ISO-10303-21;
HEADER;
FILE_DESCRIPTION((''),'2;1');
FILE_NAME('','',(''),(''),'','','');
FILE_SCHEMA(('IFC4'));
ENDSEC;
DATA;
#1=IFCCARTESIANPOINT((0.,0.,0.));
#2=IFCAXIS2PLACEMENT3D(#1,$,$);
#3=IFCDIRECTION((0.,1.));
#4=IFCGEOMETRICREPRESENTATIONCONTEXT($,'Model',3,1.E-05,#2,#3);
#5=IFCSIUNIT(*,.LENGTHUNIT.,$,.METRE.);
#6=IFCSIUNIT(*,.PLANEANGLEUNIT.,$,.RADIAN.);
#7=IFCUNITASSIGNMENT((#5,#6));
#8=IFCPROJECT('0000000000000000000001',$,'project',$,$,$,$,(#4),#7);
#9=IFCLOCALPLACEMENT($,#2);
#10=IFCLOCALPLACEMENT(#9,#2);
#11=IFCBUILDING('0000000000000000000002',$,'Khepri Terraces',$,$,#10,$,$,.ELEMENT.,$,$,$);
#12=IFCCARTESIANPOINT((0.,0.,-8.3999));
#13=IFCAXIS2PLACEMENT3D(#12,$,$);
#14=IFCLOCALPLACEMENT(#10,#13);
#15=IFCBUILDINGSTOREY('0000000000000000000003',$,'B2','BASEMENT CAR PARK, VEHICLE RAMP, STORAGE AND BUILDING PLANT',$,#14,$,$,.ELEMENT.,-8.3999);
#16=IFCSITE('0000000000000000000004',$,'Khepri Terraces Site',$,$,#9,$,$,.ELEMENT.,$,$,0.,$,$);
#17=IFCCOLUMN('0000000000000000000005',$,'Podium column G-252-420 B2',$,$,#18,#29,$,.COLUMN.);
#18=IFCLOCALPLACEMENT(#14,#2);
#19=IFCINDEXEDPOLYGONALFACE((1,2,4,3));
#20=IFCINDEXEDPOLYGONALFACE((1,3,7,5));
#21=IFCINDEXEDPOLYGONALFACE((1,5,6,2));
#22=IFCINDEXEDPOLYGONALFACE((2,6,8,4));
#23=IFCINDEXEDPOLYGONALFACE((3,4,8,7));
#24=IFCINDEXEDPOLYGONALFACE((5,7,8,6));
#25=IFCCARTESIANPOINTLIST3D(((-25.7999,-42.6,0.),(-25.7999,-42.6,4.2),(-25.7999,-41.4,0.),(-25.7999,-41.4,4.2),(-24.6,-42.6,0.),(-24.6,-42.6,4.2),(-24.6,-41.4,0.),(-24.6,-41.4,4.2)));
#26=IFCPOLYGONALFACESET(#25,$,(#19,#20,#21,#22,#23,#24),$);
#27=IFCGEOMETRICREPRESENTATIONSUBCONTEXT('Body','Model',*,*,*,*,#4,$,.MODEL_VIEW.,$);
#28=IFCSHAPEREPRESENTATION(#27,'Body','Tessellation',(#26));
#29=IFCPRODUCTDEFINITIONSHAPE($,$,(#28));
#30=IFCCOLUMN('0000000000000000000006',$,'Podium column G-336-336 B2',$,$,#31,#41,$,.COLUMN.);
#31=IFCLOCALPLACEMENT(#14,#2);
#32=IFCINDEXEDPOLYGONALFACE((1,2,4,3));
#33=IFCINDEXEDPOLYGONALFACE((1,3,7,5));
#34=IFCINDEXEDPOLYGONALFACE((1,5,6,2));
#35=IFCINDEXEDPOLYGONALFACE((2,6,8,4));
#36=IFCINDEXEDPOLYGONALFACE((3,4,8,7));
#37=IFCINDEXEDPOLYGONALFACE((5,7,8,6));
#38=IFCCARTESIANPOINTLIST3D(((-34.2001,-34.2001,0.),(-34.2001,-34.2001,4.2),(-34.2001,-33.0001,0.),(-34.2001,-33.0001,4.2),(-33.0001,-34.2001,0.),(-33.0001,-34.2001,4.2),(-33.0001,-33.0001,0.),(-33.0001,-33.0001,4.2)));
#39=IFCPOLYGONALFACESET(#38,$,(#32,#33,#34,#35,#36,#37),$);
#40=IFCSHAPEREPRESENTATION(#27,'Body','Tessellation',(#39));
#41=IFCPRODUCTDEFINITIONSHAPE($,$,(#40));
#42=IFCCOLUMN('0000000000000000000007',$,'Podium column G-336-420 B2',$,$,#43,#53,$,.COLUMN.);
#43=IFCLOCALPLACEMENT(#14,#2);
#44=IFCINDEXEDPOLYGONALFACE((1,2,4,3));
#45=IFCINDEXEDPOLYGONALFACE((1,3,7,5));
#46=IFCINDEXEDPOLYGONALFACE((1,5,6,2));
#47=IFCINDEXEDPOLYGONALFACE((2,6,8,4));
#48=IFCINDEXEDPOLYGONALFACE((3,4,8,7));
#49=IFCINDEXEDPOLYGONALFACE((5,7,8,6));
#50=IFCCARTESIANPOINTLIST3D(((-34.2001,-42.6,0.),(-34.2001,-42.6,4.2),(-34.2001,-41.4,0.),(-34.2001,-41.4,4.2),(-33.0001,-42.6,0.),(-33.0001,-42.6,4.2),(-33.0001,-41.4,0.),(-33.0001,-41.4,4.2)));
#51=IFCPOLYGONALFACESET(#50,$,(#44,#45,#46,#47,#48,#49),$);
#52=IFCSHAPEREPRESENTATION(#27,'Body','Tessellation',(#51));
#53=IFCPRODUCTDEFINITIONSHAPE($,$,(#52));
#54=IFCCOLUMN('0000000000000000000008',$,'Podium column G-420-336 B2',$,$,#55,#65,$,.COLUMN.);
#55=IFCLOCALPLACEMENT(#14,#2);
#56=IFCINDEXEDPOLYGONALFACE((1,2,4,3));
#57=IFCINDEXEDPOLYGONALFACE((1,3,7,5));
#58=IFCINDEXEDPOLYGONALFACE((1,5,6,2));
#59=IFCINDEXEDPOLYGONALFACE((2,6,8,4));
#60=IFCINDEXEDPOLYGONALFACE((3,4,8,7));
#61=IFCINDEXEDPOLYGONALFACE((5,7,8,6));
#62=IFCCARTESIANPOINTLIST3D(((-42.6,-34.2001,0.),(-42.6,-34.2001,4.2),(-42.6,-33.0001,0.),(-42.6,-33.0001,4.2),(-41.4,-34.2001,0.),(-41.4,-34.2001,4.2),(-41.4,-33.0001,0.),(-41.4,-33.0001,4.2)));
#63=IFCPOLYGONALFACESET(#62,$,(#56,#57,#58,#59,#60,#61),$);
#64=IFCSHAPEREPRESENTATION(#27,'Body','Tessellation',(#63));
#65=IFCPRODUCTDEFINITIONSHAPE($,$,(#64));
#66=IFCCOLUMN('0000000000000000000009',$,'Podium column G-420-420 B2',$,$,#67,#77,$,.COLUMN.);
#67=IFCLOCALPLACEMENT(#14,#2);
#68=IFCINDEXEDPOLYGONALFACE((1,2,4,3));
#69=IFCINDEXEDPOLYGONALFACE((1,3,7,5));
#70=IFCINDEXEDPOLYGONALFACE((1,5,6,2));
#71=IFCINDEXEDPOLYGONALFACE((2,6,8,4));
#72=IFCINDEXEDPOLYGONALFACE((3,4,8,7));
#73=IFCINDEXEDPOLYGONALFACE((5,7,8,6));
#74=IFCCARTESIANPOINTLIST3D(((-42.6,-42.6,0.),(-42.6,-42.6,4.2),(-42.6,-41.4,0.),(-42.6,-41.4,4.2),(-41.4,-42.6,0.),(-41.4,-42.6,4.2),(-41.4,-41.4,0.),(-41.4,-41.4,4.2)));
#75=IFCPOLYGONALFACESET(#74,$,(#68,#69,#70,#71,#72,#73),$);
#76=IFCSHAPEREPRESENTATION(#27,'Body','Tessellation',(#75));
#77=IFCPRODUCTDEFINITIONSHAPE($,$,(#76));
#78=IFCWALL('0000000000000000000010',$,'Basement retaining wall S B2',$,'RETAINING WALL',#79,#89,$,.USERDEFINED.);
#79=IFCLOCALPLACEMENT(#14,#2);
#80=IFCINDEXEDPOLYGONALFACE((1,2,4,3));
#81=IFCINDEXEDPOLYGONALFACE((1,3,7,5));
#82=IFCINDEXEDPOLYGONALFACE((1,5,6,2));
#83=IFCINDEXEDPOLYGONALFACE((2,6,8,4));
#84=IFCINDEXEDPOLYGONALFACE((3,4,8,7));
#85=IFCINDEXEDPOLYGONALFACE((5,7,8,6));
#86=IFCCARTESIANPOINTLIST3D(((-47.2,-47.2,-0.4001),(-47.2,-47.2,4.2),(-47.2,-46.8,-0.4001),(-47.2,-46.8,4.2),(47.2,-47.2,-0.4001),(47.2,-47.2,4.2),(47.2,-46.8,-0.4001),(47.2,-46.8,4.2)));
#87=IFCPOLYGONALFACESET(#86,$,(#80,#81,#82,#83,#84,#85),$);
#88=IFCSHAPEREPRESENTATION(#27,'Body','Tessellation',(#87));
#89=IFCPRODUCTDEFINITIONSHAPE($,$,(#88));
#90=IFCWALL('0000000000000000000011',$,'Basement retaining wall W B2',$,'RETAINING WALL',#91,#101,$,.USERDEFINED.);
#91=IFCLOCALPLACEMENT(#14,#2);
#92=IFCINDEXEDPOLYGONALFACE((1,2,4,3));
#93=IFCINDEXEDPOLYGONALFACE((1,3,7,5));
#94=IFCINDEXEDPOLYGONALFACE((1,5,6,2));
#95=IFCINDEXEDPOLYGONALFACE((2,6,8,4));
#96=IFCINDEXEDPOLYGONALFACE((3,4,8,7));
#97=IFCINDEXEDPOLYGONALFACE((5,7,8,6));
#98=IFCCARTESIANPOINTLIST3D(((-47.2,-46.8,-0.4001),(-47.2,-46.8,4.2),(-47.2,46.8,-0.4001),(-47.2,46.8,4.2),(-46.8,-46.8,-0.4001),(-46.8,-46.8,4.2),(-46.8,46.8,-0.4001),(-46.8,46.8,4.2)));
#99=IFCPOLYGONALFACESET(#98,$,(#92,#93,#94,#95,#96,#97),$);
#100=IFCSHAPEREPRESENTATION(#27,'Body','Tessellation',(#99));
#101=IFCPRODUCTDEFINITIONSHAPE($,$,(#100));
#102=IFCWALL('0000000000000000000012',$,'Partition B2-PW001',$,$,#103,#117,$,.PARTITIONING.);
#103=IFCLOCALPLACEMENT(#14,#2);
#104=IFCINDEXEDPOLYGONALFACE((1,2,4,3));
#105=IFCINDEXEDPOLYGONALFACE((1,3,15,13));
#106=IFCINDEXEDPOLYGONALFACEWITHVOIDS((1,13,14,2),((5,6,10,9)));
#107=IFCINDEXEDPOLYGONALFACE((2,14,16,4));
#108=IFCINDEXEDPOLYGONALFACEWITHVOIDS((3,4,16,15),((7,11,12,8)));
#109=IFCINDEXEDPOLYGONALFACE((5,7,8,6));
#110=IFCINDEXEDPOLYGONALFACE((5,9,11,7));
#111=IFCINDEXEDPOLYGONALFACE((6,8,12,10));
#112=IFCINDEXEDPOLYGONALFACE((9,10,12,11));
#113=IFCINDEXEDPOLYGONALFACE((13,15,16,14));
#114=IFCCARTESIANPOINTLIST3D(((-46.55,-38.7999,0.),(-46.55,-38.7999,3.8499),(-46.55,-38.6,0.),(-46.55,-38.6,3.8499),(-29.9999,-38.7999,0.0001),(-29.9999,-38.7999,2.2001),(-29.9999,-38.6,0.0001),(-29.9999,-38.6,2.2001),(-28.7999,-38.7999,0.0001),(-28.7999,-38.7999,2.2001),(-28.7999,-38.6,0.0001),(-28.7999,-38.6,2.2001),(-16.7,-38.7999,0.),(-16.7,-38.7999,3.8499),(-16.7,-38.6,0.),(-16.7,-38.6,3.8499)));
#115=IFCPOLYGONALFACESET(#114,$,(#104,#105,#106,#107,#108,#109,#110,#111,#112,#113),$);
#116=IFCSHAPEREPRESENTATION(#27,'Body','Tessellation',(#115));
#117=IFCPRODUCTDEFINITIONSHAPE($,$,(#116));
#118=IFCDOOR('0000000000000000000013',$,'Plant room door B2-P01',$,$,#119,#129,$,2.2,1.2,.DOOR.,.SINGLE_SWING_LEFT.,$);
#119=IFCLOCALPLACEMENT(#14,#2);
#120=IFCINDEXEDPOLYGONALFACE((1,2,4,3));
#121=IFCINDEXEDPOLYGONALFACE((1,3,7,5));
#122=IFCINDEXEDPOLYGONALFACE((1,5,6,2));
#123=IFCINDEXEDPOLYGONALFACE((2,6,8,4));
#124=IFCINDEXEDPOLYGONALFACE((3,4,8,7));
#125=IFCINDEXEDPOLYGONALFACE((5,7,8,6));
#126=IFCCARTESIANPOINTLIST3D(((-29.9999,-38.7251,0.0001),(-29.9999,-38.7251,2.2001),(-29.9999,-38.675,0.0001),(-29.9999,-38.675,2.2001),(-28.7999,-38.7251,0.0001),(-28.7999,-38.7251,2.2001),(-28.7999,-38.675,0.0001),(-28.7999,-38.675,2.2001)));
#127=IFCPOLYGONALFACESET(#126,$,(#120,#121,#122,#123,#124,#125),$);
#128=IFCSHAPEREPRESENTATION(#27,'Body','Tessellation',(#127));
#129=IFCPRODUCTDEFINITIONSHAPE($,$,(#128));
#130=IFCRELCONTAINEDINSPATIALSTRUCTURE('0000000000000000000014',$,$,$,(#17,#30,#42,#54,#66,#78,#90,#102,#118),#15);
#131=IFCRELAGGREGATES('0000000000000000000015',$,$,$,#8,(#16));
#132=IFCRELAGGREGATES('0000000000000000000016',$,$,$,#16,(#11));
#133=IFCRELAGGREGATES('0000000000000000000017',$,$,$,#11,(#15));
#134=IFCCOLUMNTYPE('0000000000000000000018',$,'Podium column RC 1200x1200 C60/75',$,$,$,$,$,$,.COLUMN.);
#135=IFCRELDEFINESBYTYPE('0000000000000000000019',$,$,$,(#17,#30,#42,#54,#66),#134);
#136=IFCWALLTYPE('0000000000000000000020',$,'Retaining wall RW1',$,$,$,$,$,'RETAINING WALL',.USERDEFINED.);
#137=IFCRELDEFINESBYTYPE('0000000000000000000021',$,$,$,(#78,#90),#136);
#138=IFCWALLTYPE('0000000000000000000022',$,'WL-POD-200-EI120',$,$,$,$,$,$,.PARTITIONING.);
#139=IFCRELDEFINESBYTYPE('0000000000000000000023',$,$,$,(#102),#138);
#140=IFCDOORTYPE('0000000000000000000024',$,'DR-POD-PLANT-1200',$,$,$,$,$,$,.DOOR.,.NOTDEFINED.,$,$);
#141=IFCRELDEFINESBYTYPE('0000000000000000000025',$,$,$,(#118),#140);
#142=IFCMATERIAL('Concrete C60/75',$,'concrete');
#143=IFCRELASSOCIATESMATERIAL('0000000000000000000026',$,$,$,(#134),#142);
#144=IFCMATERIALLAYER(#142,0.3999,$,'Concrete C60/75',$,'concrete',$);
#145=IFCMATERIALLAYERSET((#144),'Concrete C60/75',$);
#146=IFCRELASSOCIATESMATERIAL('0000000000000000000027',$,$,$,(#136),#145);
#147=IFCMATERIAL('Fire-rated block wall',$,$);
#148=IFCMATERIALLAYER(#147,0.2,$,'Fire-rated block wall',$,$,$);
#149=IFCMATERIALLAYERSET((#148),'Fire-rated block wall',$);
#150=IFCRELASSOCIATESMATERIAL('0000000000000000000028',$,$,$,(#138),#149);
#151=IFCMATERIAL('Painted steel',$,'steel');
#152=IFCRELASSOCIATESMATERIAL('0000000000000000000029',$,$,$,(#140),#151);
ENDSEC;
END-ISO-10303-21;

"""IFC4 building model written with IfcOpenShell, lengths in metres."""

from ifc_helpers import new_model, si_unit, direction, frame, frame_2d, origin, origin_2d, place, context, subcontext, project, spatial, rectangle, extrude, material, layer, layer_set, material_profile, profile_set, type_object, element, fill, save


model = new_model("IFC4")

# Units and contexts
model_context = context("Model", 3, precision=1e-05, world=origin(), true_north=direction((0.0, 1.0)))
body_context = subcontext(model_context, "Body", "Model", "MODEL_VIEW")
ifc_project = project(units=[si_unit("LENGTHUNIT", "METRE"), si_unit("PLANEANGLEUNIT", "RADIAN")], contexts=[model_context])

# Site, building, storey
site_placement = place(None, origin())
site = spatial("IfcSite", under=ifc_project, at=site_placement, Name="Khepri Terraces Site", CompositionType="ELEMENT", RefElevation=0.0)
building_placement = place(site_placement, origin())
building = spatial("IfcBuilding", under=site, at=building_placement, Name="Khepri Terraces", CompositionType="ELEMENT")
storey_placement = place(building_placement, frame((0.0, 0.0, -8.3999)))
storey = spatial("IfcBuildingStorey", under=building, at=storey_placement, Name="B2", Description="BASEMENT CAR PARK, VEHICLE RAMP, STORAGE AND BUILDING PLANT", CompositionType="ELEMENT", Elevation=-8.3999)

# Columns
ifc_material_1 = material(Name="Concrete C60/75", Category="concrete")
ifc_material_profile_1 = material_profile(ifc_material_1, rectangle(XDim=1.2, YDim=1.2, at=origin_2d()), Name="Concrete C60/75", Category="concrete")
ifc_profile_set_1 = profile_set([ifc_material_profile_1], Name="Concrete C60/75")
column_type = type_object("IfcColumnType", Name="Podium column RC 1200x1200 C60/75", PredefinedType="COLUMN", material=ifc_profile_set_1)
for number, where, z_axis, x_axis, name in (
    (1, (-25.2, -42.0, 0.0), (0.0, 0.0, 1.0), (1.0, 0.0, 0.0), "Podium column G-252-420 B2"),
    (2, (-33.6001, -33.6001, 0.0), (0.0, 0.0, 1.0), (1.0, 0.0, 0.0), "Podium column G-336-336 B2"),
    (3, (-33.6001, -42.0, 0.0), (0.0, 0.0, 1.0), (1.0, 0.0, 0.0), "Podium column G-336-420 B2"),
    (4, (-42.0, -33.6001, 0.0), (0.0, 0.0, 1.0), (1.0, 0.0, 0.0), "Podium column G-420-336 B2"),
    (5, (-42.0, -42.0, 0.0), (0.0, 0.0, 1.0), (1.0, 0.0, 0.0), "Podium column G-420-420 B2"),
):
    element("IfcColumn", number, at=place(storey_placement, frame(where, z_axis=z_axis, x_axis=x_axis)), inside=storey, type_object=column_type, Name=name, PredefinedType="COLUMN", context=body_context, shape_type="SweptSolid", body=[
        extrude(rectangle(XDim=1.2, YDim=1.2, at=origin_2d()), origin(), (0.0, 0.0, 1.0), 4.2),
    ])

# Walls
ifc_layer_1 = layer(ifc_material_1, 0.3999, Name="Concrete C60/75", Category="concrete")
ifc_layer_set_1 = layer_set([ifc_layer_1], Name="Concrete C60/75")
wall_type_1 = type_object("IfcWallType", Name="Retaining wall RW1", ElementType="RETAINING WALL", PredefinedType="USERDEFINED", material=ifc_layer_set_1)
wall_1_placement = place(storey_placement, frame((-47.2, -47.0, -0.4001), z_axis=(0.0, 0.0, 1.0), x_axis=(1.0, 0.0, 0.0)))
element("IfcWall", 6, at=wall_1_placement, inside=storey, type_object=wall_type_1, Name="Basement retaining wall S B2", ObjectType="RETAINING WALL", PredefinedType="USERDEFINED", context=body_context, shape_type="SweptSolid", body=[
    extrude(rectangle(XDim=94.3999, YDim=0.3999, at=frame_2d((47.2, 0.0))), origin(), (0.0, 0.0, 1.0), 4.6001),
])
wall_2_placement = place(storey_placement, frame((-47.0, -46.8, -0.4001), z_axis=(0.0, 0.0, 1.0), x_axis=(0.0, 1.0, 0.0)))
element("IfcWall", 7, at=wall_2_placement, inside=storey, type_object=wall_type_1, Name="Basement retaining wall W B2", ObjectType="RETAINING WALL", PredefinedType="USERDEFINED", context=body_context, shape_type="SweptSolid", body=[
    extrude(rectangle(XDim=93.6001, YDim=0.3999, at=frame_2d((46.8, 0.0))), origin(), (0.0, 0.0, 1.0), 4.6001),
])

# Wall, opening, door
ifc_material_2 = material(Name="Fire-rated block wall")
ifc_layer_2 = layer(ifc_material_2, 0.2, Name="Fire-rated block wall")
ifc_layer_set_2 = layer_set([ifc_layer_2], Name="Fire-rated block wall")
wall_type_2 = type_object("IfcWallType", Name="WL-POD-200-EI120", PredefinedType="PARTITIONING", material=ifc_layer_set_2)
wall_3_placement = place(storey_placement, frame((-46.55, -38.7, 0.0), z_axis=(0.0, 0.0, 1.0), x_axis=(1.0, 0.0, 0.0)))
wall_3 = element("IfcWall", 8, at=wall_3_placement, inside=storey, type_object=wall_type_2, Name="Partition B2-PW001", PredefinedType="PARTITIONING", context=body_context, shape_type="SweptSolid", body=[
    extrude(rectangle(XDim=29.8501, YDim=0.2, at=frame_2d((14.925, 0.0))), origin(), (0.0, 0.0, 1.0), 3.8499),
])
opening_1_placement = place(wall_3_placement, frame((16.55, 0.0, 0.0)))
opening_1 = element("IfcOpeningElement", 9, at=opening_1_placement, cuts=wall_3, PredefinedType="OPENING", context=body_context, shape_type="SweptSolid", body=[
    extrude(rectangle(XDim=1.2, YDim=2.2, at=frame_2d((0.6001, 1.1001))), frame((0.0, 0.1099, 0.0), z_axis=(0.0, -1.0, 0.0), x_axis=(1.0, 0.0, 0.0)), (0.0, 0.0, 1.0), 0.22),
])
ifc_material_3 = material(Name="Painted steel", Category="steel")
door_type = type_object("IfcDoorType", Name="DR-POD-PLANT-1200", OperationType="NOTDEFINED", PredefinedType="DOOR", material=ifc_material_3)
door_1_placement = place(opening_1_placement, origin())
door_1 = element("IfcDoor", 10, at=door_1_placement, inside=storey, type_object=door_type, Name="Plant room door B2-P01", OperationType="SINGLE_SWING_LEFT", OverallHeight=2.2, OverallWidth=1.2, PredefinedType="DOOR", context=body_context, shape_type="SweptSolid", body=[
    extrude(rectangle(XDim=1.2, YDim=2.2, at=frame_2d((0.6001, 1.1001))), frame((0.0, 0.0249, 0.0), z_axis=(0.0, -1.0, 0.0), x_axis=(1.0, 0.0, 0.0)), (0.0, 0.0, 1.0), 0.05),
])
fill(opening_1, door_1)

save(model, "model.ifc")
